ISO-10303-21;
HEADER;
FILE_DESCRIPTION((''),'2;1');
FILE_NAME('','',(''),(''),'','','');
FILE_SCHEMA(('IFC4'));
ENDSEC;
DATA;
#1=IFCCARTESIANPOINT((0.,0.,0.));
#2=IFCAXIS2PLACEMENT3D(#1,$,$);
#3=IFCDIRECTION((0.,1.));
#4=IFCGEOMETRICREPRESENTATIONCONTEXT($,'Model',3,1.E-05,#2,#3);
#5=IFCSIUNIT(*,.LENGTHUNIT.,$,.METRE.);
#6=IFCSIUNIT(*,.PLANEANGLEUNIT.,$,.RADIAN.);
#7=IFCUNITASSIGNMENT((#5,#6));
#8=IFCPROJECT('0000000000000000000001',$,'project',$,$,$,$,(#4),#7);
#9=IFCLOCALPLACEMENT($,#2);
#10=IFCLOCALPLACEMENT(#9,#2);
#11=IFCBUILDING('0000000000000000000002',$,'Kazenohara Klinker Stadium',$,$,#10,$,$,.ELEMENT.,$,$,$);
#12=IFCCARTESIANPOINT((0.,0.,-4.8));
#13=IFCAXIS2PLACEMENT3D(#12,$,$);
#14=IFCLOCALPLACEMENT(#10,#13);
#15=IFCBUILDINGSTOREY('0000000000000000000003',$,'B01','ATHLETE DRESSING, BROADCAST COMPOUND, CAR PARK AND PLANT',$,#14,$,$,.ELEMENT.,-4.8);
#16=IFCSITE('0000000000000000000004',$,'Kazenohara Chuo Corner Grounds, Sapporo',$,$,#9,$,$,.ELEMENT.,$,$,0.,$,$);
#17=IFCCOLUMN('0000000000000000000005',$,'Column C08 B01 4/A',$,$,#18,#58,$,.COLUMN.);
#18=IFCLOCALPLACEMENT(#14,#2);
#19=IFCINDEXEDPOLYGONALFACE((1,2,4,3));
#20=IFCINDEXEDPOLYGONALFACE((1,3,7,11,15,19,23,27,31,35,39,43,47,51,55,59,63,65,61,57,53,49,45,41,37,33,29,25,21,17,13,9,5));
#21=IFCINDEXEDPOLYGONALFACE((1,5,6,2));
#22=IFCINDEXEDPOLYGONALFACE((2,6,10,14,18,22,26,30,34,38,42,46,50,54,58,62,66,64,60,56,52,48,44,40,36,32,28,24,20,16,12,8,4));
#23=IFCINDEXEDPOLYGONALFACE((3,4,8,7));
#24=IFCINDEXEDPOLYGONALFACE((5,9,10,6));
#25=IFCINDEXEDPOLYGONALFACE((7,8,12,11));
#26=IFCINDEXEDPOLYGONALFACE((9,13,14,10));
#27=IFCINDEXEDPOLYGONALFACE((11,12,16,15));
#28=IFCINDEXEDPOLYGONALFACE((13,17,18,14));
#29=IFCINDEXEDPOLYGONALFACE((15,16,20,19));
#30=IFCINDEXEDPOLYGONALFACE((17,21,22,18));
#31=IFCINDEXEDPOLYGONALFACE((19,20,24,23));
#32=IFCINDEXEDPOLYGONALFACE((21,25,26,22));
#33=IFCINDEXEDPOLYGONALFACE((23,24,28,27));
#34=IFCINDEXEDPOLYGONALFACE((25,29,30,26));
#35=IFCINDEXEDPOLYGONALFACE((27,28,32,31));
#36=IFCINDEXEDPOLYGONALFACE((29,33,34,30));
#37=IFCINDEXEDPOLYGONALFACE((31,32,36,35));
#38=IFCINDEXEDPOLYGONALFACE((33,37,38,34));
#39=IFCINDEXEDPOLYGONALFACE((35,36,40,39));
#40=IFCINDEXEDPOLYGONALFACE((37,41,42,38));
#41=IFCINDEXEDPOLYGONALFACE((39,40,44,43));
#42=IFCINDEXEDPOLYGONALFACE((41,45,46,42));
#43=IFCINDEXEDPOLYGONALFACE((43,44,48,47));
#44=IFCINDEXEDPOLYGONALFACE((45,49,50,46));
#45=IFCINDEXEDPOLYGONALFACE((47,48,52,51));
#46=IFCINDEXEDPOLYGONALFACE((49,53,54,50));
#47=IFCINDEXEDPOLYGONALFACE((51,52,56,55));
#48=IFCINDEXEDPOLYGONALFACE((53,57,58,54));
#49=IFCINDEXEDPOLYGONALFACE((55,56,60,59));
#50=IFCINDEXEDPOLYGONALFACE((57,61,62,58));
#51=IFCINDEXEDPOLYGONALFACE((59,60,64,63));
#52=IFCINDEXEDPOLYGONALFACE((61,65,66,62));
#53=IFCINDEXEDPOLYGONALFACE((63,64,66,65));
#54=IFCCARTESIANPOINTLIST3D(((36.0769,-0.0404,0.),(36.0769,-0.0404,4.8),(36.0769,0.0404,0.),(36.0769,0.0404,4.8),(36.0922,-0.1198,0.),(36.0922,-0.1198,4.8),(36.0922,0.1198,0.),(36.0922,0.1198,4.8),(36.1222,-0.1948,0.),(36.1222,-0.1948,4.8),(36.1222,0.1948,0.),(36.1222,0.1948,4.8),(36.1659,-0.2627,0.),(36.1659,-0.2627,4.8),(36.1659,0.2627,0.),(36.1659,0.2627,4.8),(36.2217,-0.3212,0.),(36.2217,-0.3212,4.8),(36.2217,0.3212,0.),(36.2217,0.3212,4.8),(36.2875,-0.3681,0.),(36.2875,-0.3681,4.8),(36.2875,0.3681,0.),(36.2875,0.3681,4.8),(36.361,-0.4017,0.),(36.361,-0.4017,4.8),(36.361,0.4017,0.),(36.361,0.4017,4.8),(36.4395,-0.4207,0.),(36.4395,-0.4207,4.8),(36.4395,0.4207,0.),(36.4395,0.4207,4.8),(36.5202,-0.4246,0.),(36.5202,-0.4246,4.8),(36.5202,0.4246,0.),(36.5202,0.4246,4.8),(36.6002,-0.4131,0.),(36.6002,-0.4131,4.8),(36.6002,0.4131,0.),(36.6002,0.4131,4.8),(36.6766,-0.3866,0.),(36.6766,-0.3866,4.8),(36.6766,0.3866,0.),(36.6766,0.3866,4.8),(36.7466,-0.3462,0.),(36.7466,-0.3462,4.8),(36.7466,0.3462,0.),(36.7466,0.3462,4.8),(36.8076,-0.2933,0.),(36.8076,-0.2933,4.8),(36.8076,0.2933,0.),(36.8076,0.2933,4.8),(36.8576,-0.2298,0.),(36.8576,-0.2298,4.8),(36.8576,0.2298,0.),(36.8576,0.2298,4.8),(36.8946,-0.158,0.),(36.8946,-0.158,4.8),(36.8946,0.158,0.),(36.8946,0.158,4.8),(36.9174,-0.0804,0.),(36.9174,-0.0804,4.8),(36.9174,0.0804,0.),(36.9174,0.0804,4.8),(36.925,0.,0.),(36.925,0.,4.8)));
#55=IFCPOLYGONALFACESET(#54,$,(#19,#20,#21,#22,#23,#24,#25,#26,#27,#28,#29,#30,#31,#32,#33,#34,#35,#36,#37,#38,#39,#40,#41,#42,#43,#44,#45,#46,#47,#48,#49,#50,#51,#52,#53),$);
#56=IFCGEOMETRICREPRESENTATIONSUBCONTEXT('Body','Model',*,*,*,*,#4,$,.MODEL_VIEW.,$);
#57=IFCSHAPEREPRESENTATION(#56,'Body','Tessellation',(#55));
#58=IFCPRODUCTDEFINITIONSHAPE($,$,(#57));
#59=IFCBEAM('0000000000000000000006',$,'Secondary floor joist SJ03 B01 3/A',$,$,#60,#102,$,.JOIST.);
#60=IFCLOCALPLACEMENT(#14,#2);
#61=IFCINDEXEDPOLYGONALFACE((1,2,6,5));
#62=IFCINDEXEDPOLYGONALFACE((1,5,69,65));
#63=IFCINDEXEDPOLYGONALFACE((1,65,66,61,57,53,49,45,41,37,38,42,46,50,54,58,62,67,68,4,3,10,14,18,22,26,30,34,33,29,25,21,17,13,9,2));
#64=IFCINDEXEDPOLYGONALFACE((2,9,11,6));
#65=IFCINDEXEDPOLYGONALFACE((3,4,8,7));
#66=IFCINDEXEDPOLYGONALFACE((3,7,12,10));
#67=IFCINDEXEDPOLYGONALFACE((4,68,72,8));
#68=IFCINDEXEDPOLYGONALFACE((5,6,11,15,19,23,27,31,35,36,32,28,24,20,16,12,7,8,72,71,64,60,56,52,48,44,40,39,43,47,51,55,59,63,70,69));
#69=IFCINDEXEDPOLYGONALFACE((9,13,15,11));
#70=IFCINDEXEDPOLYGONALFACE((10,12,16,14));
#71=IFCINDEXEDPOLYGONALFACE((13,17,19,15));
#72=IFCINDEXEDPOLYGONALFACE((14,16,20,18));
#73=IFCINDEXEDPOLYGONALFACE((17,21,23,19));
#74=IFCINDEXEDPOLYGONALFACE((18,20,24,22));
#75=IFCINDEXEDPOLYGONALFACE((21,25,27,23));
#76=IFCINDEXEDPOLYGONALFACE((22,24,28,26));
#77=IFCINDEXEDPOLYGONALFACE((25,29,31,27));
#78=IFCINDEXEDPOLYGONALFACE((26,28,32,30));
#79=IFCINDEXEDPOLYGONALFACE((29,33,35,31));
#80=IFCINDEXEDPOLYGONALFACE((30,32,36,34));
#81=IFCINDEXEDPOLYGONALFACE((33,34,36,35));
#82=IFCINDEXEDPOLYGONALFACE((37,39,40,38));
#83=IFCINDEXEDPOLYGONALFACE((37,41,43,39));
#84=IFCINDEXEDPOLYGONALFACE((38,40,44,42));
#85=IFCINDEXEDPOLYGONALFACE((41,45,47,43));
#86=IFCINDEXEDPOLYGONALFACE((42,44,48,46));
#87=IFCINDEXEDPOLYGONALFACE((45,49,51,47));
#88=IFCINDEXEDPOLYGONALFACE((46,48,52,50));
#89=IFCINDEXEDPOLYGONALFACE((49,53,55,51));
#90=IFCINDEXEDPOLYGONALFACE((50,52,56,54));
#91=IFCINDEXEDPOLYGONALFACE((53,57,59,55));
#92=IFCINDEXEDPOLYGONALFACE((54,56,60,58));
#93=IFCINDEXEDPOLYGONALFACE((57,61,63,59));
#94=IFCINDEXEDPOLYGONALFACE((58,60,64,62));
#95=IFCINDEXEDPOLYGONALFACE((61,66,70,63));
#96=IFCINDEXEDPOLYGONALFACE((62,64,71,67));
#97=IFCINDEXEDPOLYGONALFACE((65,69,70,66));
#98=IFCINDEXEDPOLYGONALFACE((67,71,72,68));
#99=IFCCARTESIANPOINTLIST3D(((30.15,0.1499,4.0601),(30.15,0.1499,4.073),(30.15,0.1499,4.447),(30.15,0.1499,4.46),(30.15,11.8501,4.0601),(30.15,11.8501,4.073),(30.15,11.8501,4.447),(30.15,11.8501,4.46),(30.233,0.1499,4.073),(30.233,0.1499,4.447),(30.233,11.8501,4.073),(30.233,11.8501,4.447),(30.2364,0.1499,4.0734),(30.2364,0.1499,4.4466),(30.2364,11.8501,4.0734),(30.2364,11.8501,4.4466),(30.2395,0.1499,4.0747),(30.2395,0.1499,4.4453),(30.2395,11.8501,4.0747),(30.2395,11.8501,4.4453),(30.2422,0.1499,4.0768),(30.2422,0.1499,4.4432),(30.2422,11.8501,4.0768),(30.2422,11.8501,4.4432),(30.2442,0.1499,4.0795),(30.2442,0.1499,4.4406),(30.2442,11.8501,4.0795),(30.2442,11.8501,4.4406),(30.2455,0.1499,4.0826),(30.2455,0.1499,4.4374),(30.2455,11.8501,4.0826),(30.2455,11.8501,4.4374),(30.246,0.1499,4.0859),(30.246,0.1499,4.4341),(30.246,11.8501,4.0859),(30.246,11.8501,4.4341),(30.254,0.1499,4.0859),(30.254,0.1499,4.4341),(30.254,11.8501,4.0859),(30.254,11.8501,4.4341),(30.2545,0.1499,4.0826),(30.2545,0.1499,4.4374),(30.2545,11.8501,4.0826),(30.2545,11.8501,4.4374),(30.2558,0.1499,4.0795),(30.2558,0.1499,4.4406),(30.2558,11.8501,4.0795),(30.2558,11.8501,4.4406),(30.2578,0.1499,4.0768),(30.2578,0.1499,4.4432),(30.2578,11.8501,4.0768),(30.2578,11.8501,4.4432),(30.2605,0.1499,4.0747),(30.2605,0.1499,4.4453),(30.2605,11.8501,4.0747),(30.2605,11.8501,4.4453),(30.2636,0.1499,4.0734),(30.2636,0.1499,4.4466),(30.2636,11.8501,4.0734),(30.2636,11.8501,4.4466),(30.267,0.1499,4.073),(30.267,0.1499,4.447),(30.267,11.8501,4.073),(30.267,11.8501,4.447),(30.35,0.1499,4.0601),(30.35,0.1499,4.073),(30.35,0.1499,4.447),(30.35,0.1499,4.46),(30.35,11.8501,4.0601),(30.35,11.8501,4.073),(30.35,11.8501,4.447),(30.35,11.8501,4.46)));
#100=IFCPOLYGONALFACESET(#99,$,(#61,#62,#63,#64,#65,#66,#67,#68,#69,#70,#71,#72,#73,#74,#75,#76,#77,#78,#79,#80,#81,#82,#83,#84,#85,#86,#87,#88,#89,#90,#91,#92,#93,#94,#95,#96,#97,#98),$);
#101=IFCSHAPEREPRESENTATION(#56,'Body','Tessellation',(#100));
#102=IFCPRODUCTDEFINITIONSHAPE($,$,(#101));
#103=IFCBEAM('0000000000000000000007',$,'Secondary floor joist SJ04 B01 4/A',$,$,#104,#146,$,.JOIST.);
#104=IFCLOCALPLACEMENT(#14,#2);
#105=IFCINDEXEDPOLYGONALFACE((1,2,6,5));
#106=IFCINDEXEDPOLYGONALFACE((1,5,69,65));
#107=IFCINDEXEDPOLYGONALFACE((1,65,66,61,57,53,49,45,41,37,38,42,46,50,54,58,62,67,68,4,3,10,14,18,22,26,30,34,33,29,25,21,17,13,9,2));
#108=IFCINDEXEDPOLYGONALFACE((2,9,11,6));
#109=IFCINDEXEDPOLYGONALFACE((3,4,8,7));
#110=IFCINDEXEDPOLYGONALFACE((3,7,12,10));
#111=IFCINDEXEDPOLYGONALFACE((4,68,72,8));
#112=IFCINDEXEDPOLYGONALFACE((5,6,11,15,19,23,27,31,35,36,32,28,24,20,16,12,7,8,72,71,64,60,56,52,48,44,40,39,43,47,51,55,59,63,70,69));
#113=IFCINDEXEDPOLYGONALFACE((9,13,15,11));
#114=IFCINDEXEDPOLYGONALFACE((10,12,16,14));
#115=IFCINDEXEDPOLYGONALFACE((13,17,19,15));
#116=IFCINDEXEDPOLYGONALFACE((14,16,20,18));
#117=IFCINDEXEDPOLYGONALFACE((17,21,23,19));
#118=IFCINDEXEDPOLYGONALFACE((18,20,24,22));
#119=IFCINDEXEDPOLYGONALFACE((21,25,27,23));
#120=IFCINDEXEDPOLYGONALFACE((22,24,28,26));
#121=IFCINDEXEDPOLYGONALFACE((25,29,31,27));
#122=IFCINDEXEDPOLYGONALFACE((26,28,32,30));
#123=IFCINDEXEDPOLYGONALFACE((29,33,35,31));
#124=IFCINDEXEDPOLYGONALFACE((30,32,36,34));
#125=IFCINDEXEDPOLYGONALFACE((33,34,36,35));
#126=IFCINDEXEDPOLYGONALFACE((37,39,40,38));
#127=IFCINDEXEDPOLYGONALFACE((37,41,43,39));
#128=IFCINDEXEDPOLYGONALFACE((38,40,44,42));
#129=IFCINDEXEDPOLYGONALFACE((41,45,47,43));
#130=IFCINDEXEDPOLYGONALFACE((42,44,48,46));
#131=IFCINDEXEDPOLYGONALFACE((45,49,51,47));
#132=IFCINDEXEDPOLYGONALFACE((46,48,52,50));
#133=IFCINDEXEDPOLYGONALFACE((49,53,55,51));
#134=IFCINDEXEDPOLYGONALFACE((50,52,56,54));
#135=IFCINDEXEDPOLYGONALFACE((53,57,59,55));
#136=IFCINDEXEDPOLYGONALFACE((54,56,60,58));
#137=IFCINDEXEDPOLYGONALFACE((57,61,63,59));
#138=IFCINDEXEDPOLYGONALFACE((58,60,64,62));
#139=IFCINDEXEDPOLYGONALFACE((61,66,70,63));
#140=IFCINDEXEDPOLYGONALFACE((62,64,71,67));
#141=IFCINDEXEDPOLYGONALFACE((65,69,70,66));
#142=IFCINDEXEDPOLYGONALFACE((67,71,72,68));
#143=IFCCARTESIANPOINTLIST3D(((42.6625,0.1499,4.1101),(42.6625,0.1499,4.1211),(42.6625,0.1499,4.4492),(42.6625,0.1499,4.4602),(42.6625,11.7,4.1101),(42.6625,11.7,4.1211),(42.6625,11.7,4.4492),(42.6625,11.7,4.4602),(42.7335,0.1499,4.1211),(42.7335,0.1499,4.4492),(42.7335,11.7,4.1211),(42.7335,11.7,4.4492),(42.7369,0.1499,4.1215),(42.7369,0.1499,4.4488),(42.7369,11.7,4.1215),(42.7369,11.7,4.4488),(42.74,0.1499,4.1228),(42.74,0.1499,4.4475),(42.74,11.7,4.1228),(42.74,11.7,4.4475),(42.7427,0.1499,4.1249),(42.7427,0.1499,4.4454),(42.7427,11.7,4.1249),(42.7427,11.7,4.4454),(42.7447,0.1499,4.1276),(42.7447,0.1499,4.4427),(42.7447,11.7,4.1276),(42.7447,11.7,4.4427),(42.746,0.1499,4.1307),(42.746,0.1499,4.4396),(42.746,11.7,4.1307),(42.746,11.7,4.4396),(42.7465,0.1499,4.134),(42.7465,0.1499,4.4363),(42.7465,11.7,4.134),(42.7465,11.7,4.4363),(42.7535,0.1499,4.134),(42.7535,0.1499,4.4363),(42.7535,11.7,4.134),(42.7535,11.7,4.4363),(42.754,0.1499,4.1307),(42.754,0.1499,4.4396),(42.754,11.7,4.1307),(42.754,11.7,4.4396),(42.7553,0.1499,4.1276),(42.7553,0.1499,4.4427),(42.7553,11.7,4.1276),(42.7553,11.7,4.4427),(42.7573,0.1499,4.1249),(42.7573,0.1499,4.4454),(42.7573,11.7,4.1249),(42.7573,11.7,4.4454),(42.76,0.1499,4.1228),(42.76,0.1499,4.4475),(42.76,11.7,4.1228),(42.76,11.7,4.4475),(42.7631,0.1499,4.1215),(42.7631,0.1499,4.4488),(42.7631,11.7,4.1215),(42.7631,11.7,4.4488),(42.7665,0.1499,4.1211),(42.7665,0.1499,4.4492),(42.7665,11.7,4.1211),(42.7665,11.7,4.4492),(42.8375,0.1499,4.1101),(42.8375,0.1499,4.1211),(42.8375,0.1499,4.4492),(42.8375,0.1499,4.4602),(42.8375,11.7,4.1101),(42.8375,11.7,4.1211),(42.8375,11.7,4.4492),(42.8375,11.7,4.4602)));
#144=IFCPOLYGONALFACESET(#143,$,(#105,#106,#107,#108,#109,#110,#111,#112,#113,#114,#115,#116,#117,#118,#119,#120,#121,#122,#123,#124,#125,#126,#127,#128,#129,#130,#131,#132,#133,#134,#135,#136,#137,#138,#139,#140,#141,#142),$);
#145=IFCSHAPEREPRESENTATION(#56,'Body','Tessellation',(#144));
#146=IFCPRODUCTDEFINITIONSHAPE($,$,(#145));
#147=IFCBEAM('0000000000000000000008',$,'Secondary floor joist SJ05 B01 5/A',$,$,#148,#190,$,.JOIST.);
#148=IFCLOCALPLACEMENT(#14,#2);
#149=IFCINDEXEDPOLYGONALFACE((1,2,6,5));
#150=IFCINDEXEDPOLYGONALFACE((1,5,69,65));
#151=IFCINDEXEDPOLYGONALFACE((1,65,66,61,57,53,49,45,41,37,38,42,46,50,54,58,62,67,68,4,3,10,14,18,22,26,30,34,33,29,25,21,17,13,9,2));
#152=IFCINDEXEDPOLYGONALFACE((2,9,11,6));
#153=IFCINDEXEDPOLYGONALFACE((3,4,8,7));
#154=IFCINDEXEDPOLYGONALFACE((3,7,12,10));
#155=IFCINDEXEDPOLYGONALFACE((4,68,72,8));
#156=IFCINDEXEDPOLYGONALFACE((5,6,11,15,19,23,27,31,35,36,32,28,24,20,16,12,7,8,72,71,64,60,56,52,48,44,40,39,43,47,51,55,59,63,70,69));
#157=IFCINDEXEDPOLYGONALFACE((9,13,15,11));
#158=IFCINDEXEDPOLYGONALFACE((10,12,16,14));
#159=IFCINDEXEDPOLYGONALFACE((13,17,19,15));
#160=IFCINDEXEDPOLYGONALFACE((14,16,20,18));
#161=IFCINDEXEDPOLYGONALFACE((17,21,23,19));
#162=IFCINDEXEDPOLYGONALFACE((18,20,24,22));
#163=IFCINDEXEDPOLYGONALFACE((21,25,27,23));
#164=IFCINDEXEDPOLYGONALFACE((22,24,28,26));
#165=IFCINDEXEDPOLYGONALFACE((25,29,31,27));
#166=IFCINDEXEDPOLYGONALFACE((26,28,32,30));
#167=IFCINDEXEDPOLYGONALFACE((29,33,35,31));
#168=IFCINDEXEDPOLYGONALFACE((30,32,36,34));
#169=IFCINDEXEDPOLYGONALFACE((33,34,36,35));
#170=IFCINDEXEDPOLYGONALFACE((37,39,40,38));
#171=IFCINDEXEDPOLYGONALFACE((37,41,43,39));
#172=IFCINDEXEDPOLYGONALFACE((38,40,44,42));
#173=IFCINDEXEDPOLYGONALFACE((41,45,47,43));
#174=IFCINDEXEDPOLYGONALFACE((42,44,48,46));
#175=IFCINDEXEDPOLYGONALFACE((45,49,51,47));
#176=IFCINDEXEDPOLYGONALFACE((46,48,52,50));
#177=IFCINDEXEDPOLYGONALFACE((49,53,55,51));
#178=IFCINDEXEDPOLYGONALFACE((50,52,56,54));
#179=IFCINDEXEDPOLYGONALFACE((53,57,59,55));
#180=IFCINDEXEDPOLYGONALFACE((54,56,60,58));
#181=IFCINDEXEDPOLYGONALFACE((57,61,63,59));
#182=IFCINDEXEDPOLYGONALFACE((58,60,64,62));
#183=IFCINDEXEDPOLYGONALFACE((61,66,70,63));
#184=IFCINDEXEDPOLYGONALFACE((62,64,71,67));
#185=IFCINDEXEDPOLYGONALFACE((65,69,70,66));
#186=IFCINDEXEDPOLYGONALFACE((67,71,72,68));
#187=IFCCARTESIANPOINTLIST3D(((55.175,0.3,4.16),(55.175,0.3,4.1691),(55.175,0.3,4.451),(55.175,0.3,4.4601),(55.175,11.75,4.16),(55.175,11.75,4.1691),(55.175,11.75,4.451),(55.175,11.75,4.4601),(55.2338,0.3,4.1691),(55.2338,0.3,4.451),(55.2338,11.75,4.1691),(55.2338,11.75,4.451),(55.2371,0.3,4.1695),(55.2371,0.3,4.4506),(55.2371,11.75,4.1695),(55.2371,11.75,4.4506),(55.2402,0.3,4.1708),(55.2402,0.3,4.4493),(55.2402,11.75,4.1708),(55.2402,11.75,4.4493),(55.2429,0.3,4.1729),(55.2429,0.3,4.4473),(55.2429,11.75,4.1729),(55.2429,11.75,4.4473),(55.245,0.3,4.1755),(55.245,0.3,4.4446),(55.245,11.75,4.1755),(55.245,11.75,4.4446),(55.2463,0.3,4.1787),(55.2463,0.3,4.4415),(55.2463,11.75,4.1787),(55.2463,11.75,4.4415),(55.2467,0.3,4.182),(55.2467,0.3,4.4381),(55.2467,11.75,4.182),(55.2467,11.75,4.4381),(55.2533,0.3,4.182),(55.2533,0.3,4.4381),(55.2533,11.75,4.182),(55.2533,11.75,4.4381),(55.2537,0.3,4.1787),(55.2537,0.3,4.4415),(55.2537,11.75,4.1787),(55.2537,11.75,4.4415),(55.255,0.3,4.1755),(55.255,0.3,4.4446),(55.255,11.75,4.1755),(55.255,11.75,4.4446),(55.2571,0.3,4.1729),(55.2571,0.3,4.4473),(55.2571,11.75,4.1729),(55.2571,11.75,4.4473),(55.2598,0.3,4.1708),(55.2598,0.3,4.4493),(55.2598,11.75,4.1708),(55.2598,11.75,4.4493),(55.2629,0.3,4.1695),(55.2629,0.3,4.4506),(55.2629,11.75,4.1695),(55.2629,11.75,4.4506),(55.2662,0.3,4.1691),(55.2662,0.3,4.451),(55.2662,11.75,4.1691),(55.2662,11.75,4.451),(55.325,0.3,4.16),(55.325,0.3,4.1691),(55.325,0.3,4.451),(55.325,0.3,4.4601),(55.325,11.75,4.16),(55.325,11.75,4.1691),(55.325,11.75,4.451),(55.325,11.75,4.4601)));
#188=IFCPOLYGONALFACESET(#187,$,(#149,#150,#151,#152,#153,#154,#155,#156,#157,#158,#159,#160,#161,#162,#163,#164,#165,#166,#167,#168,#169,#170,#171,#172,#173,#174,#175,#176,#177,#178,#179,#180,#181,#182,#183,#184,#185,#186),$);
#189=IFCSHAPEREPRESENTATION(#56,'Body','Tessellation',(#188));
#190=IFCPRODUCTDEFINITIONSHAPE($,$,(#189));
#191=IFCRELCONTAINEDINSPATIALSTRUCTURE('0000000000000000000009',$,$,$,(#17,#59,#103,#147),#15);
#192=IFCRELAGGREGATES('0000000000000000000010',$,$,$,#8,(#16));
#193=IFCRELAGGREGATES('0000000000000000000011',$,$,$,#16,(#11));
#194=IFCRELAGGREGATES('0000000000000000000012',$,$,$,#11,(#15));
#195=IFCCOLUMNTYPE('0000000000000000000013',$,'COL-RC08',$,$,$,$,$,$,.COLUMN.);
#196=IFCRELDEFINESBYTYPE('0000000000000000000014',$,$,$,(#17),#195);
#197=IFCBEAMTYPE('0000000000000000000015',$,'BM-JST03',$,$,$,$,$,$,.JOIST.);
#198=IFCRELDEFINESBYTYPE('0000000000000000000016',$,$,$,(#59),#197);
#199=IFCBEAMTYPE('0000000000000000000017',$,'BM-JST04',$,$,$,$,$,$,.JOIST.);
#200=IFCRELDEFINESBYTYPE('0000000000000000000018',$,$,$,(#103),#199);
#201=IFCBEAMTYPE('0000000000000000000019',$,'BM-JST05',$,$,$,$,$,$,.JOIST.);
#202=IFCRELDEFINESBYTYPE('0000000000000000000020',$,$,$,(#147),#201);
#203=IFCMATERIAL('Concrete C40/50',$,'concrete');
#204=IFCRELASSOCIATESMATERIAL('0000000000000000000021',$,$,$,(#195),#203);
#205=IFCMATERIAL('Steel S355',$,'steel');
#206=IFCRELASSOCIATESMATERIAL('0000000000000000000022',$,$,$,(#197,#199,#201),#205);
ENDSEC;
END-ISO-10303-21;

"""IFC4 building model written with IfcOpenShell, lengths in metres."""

from ifc_helpers import new_model, si_unit, direction, frame, origin, origin_2d, place, context, subcontext, project, spatial, circle, i_section, extrude, material, material_profile, profile_set, type_object, element, save


model = new_model("IFC4")

# Units and contexts
model_context = context("Model", 3, precision=1e-05, world=origin(), true_north=direction((0.0, 1.0)))
body_context = subcontext(model_context, "Body", "Model", "MODEL_VIEW")
ifc_project = project(units=[si_unit("LENGTHUNIT", "METRE"), si_unit("PLANEANGLEUNIT", "RADIAN")], contexts=[model_context])

# Site, building, storey
site_placement = place(None, origin())
site = spatial("IfcSite", under=ifc_project, at=site_placement, Name="Kazenohara Chuo Corner Grounds, Sapporo", CompositionType="ELEMENT", RefElevation=0.0)
building_placement = place(site_placement, origin())
building = spatial("IfcBuilding", under=site, at=building_placement, Name="Kazenohara Klinker Stadium", CompositionType="ELEMENT")
storey_placement = place(building_placement, frame((0.0, 0.0, -4.8)))
storey = spatial("IfcBuildingStorey", under=building, at=storey_placement, Name="B01", Description="ATHLETE DRESSING, BROADCAST COMPOUND, CAR PARK AND PLANT", CompositionType="ELEMENT", Elevation=-4.8)

# Column
ifc_material_1 = material(Name="Concrete C40/50", Category="concrete")
ifc_material_profile_1 = material_profile(ifc_material_1, circle(Radius=0.425, at=origin_2d()), Name="RC-COL-D850")
ifc_profile_set_1 = profile_set([ifc_material_profile_1], Name="Concrete C40/50")
column_type_1 = type_object("IfcColumnType", Name="COL-RC08", PredefinedType="COLUMN", material=ifc_profile_set_1)
column_placement = place(storey_placement, frame((36.5, 0.0, 0.0), z_axis=(0.0, 0.0, 1.0), x_axis=(1.0, 0.0, 0.0)))
element("IfcColumn", 1, at=column_placement, inside=storey, type_object=column_type_1, Name="Column C08 B01 4/A", PredefinedType="COLUMN", context=body_context, shape_type="SweptSolid", body=[
    extrude(circle(Radius=0.425, at=origin_2d()), origin(), (0.0, 0.0, 1.0), 4.8),
])

# Beams
ifc_material_2 = material(Name="Steel S355", Category="steel")
ifc_material_profile_2 = material_profile(ifc_material_2, i_section(OverallWidth=0.2, OverallDepth=0.3999, WebThickness=0.0081, FlangeThickness=0.0129, FilletRadius=0.0129, at=origin_2d()), Name="H-400x200x8x13")
ifc_profile_set_2 = profile_set([ifc_material_profile_2], Name="Steel S355")
beam_type_1 = type_object("IfcBeamType", Name="BM-JST03", PredefinedType="JOIST", material=ifc_profile_set_2)
beam_1_placement = place(storey_placement, frame((30.25, 0.1499, 4.26), z_axis=(0.0, 1.0, 0.0), x_axis=(-1.0, 0.0, 0.0)))
element("IfcBeam", 2, at=beam_1_placement, inside=storey, type_object=beam_type_1, Name="Secondary floor joist SJ03 B01 3/A", PredefinedType="JOIST", context=body_context, shape_type="SweptSolid", body=[
    extrude(i_section(OverallWidth=0.2, OverallDepth=0.3999, WebThickness=0.0081, FlangeThickness=0.0129, FilletRadius=0.0129, at=origin_2d()), origin(), (0.0, 0.0, 1.0), 11.7002),
])
ifc_material_profile_3 = material_profile(ifc_material_2, i_section(OverallWidth=0.175, OverallDepth=0.3501, WebThickness=0.0071, FlangeThickness=0.011, FilletRadius=0.0129, at=origin_2d()), Name="H-350x175x7x11")
ifc_profile_set_3 = profile_set([ifc_material_profile_3], Name="Steel S355")
beam_type_2 = type_object("IfcBeamType", Name="BM-JST04", PredefinedType="JOIST", material=ifc_profile_set_3)
beam_2_placement = place(storey_placement, frame((42.75, 0.1499, 4.2852), z_axis=(0.0, 1.0, 0.0), x_axis=(-1.0, 0.0, 0.0)))
element("IfcBeam", 3, at=beam_2_placement, inside=storey, type_object=beam_type_2, Name="Secondary floor joist SJ04 B01 4/A", PredefinedType="JOIST", context=body_context, shape_type="SweptSolid", body=[
    extrude(i_section(OverallWidth=0.175, OverallDepth=0.3501, WebThickness=0.0071, FlangeThickness=0.011, FilletRadius=0.0129, at=origin_2d()), origin(), (0.0, 0.0, 1.0), 11.55),
])
ifc_material_profile_4 = material_profile(ifc_material_2, i_section(OverallWidth=0.1499, OverallDepth=0.3, WebThickness=0.0066, FlangeThickness=0.009, FilletRadius=0.0129, at=origin_2d()), Name="H-300x150x6.5x9")
ifc_profile_set_4 = profile_set([ifc_material_profile_4], Name="Steel S355")
beam_type_3 = type_object("IfcBeamType", Name="BM-JST05", PredefinedType="JOIST", material=ifc_profile_set_4)
beam_3_placement = place(storey_placement, frame((55.25, 0.3, 4.3101), z_axis=(0.0, 1.0, 0.0), x_axis=(-1.0, 0.0, 0.0)))
element("IfcBeam", 4, at=beam_3_placement, inside=storey, type_object=beam_type_3, Name="Secondary floor joist SJ05 B01 5/A", PredefinedType="JOIST", context=body_context, shape_type="SweptSolid", body=[
    extrude(i_section(OverallWidth=0.1499, OverallDepth=0.3, WebThickness=0.0066, FlangeThickness=0.009, FilletRadius=0.0129, at=origin_2d()), origin(), (0.0, 0.0, 1.0), 11.45),
])

save(model, "model.ifc")
